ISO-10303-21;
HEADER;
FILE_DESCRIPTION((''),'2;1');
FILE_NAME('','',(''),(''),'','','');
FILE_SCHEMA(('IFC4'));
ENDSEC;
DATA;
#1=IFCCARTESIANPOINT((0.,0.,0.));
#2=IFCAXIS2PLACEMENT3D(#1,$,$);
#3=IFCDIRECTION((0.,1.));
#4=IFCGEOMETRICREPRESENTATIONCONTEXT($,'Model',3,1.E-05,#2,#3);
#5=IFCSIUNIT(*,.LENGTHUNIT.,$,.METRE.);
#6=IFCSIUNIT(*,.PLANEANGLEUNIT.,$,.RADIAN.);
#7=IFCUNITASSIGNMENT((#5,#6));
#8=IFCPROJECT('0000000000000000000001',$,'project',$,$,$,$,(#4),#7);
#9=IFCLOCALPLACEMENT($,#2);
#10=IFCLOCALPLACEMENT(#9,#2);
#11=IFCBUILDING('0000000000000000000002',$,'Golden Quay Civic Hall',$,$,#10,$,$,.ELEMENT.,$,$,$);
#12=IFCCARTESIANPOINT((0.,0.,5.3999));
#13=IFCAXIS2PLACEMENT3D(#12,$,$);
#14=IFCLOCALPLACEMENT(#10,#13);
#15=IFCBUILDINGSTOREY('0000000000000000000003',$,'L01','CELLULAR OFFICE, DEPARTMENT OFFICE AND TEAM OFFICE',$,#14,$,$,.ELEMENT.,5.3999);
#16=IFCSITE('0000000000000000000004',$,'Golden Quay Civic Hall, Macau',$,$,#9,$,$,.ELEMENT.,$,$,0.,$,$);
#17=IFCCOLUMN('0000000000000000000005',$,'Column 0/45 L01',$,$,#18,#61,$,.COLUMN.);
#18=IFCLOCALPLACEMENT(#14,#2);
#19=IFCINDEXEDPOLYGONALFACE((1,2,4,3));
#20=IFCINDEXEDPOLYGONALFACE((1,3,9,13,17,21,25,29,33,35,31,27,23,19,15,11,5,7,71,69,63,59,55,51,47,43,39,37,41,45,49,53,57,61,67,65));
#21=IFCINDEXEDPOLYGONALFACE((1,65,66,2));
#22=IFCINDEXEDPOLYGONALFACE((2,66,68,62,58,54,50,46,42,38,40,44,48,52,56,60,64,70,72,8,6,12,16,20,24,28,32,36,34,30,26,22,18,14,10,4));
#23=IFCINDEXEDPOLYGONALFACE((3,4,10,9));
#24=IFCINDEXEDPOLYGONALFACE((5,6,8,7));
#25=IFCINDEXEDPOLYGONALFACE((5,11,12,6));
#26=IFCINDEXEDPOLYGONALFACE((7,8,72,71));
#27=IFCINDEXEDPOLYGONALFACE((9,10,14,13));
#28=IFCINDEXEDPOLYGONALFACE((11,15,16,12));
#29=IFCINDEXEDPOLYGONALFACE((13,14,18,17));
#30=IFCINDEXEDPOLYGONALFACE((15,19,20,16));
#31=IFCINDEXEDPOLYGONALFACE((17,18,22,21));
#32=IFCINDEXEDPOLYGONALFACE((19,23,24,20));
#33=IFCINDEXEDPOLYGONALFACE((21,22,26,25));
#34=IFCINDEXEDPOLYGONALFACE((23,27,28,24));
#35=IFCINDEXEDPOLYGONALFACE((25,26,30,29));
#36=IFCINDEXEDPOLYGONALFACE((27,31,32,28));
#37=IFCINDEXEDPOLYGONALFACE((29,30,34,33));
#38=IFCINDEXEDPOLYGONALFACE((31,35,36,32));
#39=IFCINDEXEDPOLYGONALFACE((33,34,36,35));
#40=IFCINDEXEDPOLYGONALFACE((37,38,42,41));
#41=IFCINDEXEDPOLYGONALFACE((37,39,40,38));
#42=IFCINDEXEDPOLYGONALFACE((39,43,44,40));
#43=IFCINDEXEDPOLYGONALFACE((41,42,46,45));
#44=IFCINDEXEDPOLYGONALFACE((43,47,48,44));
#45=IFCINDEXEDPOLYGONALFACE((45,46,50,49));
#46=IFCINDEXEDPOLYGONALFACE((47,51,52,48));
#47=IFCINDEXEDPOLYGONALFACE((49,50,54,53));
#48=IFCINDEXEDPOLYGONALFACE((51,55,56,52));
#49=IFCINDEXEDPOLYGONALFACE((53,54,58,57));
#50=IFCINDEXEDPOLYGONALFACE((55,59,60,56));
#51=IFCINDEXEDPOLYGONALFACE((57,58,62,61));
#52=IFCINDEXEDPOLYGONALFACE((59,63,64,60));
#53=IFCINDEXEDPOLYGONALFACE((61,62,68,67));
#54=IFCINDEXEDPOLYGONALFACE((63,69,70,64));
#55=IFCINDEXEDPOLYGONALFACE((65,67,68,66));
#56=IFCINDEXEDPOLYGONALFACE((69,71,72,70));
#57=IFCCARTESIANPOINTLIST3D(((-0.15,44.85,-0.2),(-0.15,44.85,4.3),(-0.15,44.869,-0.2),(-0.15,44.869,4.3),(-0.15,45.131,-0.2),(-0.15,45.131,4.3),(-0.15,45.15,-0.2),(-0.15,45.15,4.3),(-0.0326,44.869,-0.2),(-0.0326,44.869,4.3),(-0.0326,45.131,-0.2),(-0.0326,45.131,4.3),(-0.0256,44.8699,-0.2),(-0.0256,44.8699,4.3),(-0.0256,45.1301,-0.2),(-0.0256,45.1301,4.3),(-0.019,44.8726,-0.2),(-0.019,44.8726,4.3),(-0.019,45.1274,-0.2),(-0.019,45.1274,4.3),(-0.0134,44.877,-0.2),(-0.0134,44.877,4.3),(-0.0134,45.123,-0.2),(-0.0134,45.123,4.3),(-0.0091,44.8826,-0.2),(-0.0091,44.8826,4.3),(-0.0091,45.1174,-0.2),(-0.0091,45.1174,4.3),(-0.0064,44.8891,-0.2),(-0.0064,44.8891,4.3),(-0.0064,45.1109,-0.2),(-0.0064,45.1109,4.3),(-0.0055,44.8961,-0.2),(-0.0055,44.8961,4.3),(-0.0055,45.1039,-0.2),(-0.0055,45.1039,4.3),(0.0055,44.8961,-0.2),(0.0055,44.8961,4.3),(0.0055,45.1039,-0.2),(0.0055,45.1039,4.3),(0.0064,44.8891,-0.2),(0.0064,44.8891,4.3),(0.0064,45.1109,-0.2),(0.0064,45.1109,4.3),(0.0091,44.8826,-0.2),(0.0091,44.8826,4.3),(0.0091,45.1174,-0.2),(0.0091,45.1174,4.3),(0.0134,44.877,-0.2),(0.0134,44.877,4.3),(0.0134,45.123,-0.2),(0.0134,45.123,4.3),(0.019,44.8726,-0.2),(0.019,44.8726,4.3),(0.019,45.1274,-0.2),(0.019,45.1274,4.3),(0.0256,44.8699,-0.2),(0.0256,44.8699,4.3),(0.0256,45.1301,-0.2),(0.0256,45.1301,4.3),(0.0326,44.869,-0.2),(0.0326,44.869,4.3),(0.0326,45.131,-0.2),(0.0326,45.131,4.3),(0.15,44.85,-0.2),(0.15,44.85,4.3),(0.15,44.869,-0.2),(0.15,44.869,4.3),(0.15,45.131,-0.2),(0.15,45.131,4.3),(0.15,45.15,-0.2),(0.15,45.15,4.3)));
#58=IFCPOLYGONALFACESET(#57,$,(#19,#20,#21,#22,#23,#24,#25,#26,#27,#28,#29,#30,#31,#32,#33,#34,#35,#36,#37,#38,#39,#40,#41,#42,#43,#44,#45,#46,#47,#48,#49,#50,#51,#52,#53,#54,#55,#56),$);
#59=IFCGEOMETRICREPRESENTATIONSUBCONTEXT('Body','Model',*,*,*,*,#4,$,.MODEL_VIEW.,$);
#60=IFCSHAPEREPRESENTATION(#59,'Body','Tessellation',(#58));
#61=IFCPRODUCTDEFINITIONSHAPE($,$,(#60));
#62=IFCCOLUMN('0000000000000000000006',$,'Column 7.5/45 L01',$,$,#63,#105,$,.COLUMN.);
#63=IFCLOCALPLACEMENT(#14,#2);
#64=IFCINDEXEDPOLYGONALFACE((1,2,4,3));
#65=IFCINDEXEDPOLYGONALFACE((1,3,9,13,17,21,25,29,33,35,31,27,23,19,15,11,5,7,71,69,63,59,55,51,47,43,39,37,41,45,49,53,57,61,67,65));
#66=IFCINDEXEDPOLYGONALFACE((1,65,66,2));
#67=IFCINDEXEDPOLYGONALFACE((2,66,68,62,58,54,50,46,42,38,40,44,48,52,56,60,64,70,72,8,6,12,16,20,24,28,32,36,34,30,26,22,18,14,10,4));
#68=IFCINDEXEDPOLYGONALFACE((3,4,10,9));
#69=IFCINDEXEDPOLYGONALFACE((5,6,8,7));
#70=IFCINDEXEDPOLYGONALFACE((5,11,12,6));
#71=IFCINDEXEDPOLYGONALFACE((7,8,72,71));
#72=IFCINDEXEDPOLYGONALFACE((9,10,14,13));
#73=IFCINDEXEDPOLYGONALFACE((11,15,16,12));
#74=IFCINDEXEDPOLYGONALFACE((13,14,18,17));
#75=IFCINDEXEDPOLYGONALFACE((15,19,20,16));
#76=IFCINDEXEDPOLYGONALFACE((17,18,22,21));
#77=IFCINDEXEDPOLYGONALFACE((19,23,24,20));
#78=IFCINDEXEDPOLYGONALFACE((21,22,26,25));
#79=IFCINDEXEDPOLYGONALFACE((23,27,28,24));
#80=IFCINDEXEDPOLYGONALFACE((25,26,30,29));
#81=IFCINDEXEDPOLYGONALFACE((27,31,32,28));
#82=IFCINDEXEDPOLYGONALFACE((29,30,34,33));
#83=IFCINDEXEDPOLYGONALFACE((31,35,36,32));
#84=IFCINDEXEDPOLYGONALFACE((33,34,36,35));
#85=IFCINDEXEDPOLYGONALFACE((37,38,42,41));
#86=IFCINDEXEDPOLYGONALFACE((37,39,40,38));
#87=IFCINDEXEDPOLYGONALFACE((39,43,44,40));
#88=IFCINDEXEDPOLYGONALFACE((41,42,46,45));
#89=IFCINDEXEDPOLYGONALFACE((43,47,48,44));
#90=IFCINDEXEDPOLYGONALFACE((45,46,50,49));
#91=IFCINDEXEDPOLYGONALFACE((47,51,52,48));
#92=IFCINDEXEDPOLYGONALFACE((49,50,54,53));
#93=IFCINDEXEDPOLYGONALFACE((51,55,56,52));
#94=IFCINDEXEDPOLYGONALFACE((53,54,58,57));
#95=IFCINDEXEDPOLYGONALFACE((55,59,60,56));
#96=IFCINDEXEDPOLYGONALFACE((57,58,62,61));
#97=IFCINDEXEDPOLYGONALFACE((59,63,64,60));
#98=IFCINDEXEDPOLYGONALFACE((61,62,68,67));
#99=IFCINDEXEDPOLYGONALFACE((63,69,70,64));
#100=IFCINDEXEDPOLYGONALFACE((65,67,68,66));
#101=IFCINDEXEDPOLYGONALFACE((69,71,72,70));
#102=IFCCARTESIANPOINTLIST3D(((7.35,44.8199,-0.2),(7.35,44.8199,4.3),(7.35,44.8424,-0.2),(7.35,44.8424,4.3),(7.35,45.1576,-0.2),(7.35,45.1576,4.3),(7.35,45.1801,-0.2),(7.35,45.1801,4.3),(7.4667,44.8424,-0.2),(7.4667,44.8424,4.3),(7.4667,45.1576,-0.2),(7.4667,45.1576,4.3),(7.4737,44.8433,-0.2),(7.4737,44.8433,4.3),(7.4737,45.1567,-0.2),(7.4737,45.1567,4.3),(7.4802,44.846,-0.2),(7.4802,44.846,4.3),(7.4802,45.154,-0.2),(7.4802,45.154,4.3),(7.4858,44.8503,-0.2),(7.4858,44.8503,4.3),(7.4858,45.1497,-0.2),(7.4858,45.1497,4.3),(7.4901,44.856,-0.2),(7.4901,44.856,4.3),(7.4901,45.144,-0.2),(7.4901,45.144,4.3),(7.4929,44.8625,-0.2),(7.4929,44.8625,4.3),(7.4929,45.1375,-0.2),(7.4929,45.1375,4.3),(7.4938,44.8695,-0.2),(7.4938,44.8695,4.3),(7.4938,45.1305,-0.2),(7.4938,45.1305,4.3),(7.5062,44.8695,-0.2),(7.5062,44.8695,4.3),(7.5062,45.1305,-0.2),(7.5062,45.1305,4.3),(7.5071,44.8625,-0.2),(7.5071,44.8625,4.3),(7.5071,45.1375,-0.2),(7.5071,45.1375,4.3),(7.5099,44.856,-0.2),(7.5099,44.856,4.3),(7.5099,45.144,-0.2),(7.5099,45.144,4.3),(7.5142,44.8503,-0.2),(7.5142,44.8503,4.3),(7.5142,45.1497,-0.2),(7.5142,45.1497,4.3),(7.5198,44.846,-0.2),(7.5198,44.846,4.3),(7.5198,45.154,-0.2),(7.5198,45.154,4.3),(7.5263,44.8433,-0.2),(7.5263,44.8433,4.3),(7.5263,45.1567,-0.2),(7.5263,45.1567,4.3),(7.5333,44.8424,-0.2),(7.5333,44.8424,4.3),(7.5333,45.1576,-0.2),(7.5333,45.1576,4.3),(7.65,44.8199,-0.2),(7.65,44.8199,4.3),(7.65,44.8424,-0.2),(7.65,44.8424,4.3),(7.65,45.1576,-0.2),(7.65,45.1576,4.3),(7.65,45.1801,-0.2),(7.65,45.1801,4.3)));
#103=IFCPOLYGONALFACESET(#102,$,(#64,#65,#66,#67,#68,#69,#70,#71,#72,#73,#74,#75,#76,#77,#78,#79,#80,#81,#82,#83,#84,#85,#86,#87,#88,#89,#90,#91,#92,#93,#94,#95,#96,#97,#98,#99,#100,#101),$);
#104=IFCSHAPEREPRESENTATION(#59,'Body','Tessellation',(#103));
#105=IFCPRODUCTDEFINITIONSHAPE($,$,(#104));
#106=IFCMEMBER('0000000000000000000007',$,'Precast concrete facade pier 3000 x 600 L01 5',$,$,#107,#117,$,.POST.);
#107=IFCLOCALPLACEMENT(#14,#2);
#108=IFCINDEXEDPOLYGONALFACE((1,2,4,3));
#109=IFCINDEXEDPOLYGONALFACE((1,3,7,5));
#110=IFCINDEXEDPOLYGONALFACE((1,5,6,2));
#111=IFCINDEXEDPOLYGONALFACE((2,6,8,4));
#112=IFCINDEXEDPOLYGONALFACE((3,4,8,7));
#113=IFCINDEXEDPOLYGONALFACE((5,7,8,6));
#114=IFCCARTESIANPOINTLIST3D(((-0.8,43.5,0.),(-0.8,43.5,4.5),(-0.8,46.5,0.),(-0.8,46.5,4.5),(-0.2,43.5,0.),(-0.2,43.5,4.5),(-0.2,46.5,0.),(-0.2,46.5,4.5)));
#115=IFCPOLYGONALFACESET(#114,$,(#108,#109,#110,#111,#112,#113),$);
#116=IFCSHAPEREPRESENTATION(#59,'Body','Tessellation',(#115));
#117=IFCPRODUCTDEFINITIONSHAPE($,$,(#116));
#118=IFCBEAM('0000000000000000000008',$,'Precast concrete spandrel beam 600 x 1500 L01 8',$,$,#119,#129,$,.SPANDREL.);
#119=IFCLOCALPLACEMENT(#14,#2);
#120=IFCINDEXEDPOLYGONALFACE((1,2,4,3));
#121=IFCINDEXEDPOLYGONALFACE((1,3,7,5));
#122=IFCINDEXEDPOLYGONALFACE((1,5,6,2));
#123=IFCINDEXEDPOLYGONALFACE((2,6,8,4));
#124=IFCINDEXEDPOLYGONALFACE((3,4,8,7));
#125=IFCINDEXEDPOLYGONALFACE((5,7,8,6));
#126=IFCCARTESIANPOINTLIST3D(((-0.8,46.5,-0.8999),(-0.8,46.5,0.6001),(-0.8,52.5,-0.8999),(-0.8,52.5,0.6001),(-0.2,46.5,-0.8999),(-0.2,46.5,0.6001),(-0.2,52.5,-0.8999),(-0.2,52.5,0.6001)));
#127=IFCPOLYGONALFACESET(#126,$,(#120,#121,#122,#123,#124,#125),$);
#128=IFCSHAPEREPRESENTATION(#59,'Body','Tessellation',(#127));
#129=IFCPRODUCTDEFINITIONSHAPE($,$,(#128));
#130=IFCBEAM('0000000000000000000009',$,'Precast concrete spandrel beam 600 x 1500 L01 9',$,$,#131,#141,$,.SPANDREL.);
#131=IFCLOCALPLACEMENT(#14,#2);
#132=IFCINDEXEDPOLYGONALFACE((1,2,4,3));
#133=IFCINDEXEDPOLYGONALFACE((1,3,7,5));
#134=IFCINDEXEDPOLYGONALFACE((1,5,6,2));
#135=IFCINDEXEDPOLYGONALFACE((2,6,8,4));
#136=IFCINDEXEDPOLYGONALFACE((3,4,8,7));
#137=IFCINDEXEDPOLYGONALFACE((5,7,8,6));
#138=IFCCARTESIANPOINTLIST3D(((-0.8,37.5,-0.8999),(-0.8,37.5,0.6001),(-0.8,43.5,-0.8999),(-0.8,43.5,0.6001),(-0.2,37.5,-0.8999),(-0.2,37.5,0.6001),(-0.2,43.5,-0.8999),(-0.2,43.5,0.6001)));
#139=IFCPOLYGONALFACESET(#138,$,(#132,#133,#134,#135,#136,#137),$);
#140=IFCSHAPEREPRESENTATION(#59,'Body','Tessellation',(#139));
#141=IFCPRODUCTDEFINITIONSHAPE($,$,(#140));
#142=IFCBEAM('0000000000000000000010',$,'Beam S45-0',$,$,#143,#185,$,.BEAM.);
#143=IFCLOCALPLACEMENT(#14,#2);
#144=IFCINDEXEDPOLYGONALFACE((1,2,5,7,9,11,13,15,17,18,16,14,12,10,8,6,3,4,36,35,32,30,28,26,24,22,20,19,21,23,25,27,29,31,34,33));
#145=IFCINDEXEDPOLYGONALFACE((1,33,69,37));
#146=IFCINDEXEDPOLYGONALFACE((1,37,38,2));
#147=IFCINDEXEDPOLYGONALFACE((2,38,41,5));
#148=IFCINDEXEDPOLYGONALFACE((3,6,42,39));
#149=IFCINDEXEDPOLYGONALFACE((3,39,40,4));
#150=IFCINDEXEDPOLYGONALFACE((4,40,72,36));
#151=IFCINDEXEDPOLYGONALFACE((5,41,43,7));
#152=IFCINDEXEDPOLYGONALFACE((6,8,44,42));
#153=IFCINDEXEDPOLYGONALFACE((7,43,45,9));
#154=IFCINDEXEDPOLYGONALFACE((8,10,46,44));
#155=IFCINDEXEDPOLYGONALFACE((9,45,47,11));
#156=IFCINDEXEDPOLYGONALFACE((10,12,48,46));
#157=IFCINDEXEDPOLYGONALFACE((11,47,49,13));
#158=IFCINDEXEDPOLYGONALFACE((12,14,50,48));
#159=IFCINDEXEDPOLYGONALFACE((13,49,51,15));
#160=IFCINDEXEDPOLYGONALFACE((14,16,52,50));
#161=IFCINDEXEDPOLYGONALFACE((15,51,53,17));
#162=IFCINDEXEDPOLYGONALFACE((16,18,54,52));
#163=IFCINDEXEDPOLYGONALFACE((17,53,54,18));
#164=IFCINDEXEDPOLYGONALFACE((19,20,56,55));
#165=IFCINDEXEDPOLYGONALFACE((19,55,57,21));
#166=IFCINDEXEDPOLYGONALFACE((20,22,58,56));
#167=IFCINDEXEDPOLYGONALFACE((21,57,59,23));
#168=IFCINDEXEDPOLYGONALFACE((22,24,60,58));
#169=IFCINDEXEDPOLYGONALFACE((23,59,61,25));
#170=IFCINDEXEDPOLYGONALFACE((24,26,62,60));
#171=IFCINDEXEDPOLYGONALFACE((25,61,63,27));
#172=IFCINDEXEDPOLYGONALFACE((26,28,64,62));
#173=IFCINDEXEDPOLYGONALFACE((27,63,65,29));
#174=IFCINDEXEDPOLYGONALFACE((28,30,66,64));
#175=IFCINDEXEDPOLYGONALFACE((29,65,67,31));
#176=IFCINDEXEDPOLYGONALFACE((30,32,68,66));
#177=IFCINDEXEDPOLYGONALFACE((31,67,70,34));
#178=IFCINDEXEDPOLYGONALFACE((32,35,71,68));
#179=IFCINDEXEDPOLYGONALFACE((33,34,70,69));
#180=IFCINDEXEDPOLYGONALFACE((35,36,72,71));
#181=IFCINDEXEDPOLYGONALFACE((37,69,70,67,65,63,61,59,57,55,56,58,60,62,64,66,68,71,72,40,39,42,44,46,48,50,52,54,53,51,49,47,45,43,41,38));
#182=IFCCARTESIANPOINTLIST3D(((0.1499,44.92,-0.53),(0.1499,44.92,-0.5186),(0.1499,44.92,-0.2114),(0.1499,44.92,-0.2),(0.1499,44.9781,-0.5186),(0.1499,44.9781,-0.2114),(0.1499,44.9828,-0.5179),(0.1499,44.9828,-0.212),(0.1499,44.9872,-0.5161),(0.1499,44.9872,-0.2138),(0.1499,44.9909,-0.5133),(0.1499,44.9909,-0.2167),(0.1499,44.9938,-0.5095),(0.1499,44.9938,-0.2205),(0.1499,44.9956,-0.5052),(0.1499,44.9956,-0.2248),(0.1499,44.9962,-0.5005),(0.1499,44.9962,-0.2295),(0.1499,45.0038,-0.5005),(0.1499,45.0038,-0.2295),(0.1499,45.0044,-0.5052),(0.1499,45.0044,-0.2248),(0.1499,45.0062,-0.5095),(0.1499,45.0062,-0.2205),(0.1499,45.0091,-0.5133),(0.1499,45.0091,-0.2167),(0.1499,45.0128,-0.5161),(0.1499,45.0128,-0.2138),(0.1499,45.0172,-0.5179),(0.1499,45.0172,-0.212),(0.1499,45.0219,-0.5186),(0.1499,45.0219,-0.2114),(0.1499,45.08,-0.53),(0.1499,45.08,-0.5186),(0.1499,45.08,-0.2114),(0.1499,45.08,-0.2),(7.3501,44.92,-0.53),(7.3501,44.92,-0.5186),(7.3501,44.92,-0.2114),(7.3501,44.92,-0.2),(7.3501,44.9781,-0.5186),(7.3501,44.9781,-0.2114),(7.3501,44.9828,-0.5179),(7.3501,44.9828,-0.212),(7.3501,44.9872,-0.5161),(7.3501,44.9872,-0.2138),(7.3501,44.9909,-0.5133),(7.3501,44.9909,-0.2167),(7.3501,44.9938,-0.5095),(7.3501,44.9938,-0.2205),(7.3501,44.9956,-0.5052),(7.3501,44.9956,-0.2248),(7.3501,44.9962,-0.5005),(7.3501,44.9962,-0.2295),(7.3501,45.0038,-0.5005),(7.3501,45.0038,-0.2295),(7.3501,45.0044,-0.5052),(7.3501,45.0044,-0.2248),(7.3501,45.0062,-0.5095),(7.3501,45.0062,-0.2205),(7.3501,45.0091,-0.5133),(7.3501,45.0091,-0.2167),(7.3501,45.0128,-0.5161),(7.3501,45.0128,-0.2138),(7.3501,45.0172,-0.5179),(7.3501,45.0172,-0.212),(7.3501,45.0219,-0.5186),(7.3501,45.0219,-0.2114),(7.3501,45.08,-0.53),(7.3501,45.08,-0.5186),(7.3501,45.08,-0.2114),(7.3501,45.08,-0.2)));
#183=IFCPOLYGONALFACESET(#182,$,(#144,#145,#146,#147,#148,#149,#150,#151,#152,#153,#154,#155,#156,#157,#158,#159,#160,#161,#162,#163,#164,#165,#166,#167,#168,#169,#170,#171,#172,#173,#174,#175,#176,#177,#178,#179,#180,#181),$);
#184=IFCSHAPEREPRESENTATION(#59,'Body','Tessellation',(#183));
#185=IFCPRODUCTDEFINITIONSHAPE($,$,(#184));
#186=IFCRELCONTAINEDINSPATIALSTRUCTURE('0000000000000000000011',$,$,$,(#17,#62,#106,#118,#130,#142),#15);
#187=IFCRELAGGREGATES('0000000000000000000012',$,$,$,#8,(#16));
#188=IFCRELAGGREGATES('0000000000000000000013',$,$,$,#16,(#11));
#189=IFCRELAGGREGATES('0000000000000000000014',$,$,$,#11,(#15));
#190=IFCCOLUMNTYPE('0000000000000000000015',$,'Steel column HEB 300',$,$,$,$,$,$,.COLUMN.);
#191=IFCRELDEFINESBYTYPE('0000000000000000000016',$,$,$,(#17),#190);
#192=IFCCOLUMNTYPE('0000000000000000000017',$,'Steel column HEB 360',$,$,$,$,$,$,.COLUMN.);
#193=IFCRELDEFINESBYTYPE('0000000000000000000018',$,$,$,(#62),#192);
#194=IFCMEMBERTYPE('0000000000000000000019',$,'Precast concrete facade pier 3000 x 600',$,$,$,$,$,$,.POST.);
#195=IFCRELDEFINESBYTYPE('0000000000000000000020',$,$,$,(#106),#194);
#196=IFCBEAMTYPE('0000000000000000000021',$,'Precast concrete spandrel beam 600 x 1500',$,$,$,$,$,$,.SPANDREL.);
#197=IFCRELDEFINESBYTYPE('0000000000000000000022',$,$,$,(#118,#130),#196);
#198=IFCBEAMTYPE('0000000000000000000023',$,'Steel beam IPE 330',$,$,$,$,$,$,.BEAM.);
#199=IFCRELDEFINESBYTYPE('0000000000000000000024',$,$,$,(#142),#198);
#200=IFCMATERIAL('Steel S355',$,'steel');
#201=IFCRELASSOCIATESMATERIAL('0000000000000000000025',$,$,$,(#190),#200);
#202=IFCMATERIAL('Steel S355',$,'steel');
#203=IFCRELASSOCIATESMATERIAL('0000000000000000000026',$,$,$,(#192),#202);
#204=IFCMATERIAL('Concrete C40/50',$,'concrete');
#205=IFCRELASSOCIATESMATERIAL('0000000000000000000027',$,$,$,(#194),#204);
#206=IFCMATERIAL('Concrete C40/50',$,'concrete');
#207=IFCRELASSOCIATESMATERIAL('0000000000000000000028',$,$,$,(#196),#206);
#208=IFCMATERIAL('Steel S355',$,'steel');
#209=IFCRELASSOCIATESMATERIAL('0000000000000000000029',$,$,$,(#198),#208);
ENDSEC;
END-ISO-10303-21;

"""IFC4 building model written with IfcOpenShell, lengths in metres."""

from ifc_helpers import new_model, si_unit, direction, frame, origin, origin_2d, place, context, subcontext, project, spatial, rectangle, i_section, extrude, material, material_profile, profile_set, type_object, element, save


model = new_model("IFC4")

# Units and contexts
model_context = context("Model", 3, precision=1e-05, world=origin(), true_north=direction((0.0, 1.0)))
body_context = subcontext(model_context, "Body", "Model", "MODEL_VIEW")
ifc_project = project(units=[si_unit("LENGTHUNIT", "METRE"), si_unit("PLANEANGLEUNIT", "RADIAN")], contexts=[model_context])

# Site, building, storey
site_placement = place(None, origin())
site = spatial("IfcSite", under=ifc_project, at=site_placement, Name="Golden Quay Civic Hall, Macau", CompositionType="ELEMENT", RefElevation=0.0)
building_placement = place(site_placement, origin())
building = spatial("IfcBuilding", under=site, at=building_placement, Name="Golden Quay Civic Hall", CompositionType="ELEMENT")
storey_placement = place(building_placement, frame((0.0, 0.0, 5.3999)))
storey = spatial("IfcBuildingStorey", under=building, at=storey_placement, Name="L01", Description="CELLULAR OFFICE, DEPARTMENT OFFICE AND TEAM OFFICE", CompositionType="ELEMENT", Elevation=5.3999)

# Columns
ifc_material_1 = material(Name="Steel S355", Category="steel")
ifc_material_profile_1 = material_profile(ifc_material_1, i_section(OverallWidth=0.3, OverallDepth=0.3, WebThickness=0.011, FlangeThickness=0.019, FilletRadius=0.0271, at=origin_2d()), Name="HEB 300")
ifc_profile_set_1 = profile_set([ifc_material_profile_1], Name="Steel S355")
column_type_1 = type_object("IfcColumnType", Name="Steel column HEB 300", PredefinedType="COLUMN", material=ifc_profile_set_1)
column_1_placement = place(storey_placement, frame((0.0, 45.0, -0.2), z_axis=(0.0, 0.0, 1.0), x_axis=(1.0, 0.0, 0.0)))
element("IfcColumn", 1, at=column_1_placement, inside=storey, type_object=column_type_1, Name="Column 0/45 L01", PredefinedType="COLUMN", context=body_context, shape_type="SweptSolid", body=[
    extrude(i_section(OverallWidth=0.3, OverallDepth=0.3, WebThickness=0.011, FlangeThickness=0.019, FilletRadius=0.0271, at=origin_2d()), origin(), (0.0, 0.0, 1.0), 4.5),
])
ifc_material_2 = material(Name="Steel S355", Category="steel")
ifc_material_profile_2 = material_profile(ifc_material_2, i_section(OverallWidth=0.3, OverallDepth=0.3601, WebThickness=0.0125, FlangeThickness=0.0225, FilletRadius=0.0271, at=origin_2d()), Name="HEB 360")
ifc_profile_set_2 = profile_set([ifc_material_profile_2], Name="Steel S355")
column_type_2 = type_object("IfcColumnType", Name="Steel column HEB 360", PredefinedType="COLUMN", material=ifc_profile_set_2)
column_2_placement = place(storey_placement, frame((7.5, 45.0, -0.2), z_axis=(0.0, 0.0, 1.0), x_axis=(1.0, 0.0, 0.0)))
element("IfcColumn", 2, at=column_2_placement, inside=storey, type_object=column_type_2, Name="Column 7.5/45 L01", PredefinedType="COLUMN", context=body_context, shape_type="SweptSolid", body=[
    extrude(i_section(OverallWidth=0.3, OverallDepth=0.3601, WebThickness=0.0125, FlangeThickness=0.0225, FilletRadius=0.0271, at=origin_2d()), origin(), (0.0, 0.0, 1.0), 4.5),
])

# Member
ifc_material_3 = material(Name="Concrete C40/50", Category="concrete")
ifc_material_profile_3 = material_profile(ifc_material_3, rectangle(XDim=3.0, YDim=0.6001, at=origin_2d()), Name="RC 3000x600")
ifc_profile_set_3 = profile_set([ifc_material_profile_3], Name="Concrete C40/50")
member_type = type_object("IfcMemberType", Name="Precast concrete facade pier 3000 x 600", PredefinedType="POST", material=ifc_profile_set_3)
member_placement = place(storey_placement, frame((-0.5, 45.0, 0.0), z_axis=(0.0, 0.0, 1.0), x_axis=(0.0, 1.0, 0.0)))
element("IfcMember", 3, at=member_placement, inside=storey, type_object=member_type, Name="Precast concrete facade pier 3000 x 600 L01 5", PredefinedType="POST", context=body_context, shape_type="SweptSolid", body=[
    extrude(rectangle(XDim=3.0, YDim=0.6001, at=origin_2d()), origin(), (0.0, 0.0, 1.0), 4.5),
])

# Beams
ifc_material_4 = material(Name="Concrete C40/50", Category="concrete")
ifc_material_profile_4 = material_profile(ifc_material_4, rectangle(XDim=0.6001, YDim=1.5, at=origin_2d()), Name="RC 600x1500")
ifc_profile_set_4 = profile_set([ifc_material_profile_4], Name="Concrete C40/50")
beam_type_1 = type_object("IfcBeamType", Name="Precast concrete spandrel beam 600 x 1500", PredefinedType="SPANDREL", material=ifc_profile_set_4)
for number, where, z_axis, x_axis, name in (
    (4, (-0.5, 46.5, -0.1499), (0.0, 1.0, 0.0), (-1.0, 0.0, 0.0), "Precast concrete spandrel beam 600 x 1500 L01 8"),
    (5, (-0.5, 37.5, -0.1499), (0.0, 1.0, 0.0), (-1.0, 0.0, 0.0), "Precast concrete spandrel beam 600 x 1500 L01 9"),
):
    element("IfcBeam", number, at=place(storey_placement, frame(where, z_axis=z_axis, x_axis=x_axis)), inside=storey, type_object=beam_type_1, Name=name, PredefinedType="SPANDREL", context=body_context, shape_type="SweptSolid", body=[
        extrude(rectangle(XDim=0.6001, YDim=1.5, at=origin_2d()), origin(), (0.0, 0.0, 1.0), 6.0),
    ])
ifc_material_5 = material(Name="Steel S355", Category="steel")
ifc_material_profile_5 = material_profile(ifc_material_5, i_section(OverallWidth=0.1599, OverallDepth=0.3301, WebThickness=0.0076, FlangeThickness=0.0115, FilletRadius=0.0181, at=origin_2d()), Name="IPE 330")
ifc_profile_set_5 = profile_set([ifc_material_profile_5], Name="Steel S355")
beam_type_2 = type_object("IfcBeamType", Name="Steel beam IPE 330", PredefinedType="BEAM", material=ifc_profile_set_5)
beam_1_placement = place(storey_placement, frame((0.1499, 45.0, -0.365), z_axis=(1.0, 0.0, 0.0), x_axis=(0.0, 1.0, 0.0)))
element("IfcBeam", 6, at=beam_1_placement, inside=storey, type_object=beam_type_2, Name="Beam S45-0", PredefinedType="BEAM", context=body_context, shape_type="SweptSolid", body=[
    extrude(i_section(OverallWidth=0.1599, OverallDepth=0.3301, WebThickness=0.0076, FlangeThickness=0.0115, FilletRadius=0.0181, at=origin_2d()), origin(), (0.0, 0.0, 1.0), 7.2002),
])

save(model, "model.ifc")
